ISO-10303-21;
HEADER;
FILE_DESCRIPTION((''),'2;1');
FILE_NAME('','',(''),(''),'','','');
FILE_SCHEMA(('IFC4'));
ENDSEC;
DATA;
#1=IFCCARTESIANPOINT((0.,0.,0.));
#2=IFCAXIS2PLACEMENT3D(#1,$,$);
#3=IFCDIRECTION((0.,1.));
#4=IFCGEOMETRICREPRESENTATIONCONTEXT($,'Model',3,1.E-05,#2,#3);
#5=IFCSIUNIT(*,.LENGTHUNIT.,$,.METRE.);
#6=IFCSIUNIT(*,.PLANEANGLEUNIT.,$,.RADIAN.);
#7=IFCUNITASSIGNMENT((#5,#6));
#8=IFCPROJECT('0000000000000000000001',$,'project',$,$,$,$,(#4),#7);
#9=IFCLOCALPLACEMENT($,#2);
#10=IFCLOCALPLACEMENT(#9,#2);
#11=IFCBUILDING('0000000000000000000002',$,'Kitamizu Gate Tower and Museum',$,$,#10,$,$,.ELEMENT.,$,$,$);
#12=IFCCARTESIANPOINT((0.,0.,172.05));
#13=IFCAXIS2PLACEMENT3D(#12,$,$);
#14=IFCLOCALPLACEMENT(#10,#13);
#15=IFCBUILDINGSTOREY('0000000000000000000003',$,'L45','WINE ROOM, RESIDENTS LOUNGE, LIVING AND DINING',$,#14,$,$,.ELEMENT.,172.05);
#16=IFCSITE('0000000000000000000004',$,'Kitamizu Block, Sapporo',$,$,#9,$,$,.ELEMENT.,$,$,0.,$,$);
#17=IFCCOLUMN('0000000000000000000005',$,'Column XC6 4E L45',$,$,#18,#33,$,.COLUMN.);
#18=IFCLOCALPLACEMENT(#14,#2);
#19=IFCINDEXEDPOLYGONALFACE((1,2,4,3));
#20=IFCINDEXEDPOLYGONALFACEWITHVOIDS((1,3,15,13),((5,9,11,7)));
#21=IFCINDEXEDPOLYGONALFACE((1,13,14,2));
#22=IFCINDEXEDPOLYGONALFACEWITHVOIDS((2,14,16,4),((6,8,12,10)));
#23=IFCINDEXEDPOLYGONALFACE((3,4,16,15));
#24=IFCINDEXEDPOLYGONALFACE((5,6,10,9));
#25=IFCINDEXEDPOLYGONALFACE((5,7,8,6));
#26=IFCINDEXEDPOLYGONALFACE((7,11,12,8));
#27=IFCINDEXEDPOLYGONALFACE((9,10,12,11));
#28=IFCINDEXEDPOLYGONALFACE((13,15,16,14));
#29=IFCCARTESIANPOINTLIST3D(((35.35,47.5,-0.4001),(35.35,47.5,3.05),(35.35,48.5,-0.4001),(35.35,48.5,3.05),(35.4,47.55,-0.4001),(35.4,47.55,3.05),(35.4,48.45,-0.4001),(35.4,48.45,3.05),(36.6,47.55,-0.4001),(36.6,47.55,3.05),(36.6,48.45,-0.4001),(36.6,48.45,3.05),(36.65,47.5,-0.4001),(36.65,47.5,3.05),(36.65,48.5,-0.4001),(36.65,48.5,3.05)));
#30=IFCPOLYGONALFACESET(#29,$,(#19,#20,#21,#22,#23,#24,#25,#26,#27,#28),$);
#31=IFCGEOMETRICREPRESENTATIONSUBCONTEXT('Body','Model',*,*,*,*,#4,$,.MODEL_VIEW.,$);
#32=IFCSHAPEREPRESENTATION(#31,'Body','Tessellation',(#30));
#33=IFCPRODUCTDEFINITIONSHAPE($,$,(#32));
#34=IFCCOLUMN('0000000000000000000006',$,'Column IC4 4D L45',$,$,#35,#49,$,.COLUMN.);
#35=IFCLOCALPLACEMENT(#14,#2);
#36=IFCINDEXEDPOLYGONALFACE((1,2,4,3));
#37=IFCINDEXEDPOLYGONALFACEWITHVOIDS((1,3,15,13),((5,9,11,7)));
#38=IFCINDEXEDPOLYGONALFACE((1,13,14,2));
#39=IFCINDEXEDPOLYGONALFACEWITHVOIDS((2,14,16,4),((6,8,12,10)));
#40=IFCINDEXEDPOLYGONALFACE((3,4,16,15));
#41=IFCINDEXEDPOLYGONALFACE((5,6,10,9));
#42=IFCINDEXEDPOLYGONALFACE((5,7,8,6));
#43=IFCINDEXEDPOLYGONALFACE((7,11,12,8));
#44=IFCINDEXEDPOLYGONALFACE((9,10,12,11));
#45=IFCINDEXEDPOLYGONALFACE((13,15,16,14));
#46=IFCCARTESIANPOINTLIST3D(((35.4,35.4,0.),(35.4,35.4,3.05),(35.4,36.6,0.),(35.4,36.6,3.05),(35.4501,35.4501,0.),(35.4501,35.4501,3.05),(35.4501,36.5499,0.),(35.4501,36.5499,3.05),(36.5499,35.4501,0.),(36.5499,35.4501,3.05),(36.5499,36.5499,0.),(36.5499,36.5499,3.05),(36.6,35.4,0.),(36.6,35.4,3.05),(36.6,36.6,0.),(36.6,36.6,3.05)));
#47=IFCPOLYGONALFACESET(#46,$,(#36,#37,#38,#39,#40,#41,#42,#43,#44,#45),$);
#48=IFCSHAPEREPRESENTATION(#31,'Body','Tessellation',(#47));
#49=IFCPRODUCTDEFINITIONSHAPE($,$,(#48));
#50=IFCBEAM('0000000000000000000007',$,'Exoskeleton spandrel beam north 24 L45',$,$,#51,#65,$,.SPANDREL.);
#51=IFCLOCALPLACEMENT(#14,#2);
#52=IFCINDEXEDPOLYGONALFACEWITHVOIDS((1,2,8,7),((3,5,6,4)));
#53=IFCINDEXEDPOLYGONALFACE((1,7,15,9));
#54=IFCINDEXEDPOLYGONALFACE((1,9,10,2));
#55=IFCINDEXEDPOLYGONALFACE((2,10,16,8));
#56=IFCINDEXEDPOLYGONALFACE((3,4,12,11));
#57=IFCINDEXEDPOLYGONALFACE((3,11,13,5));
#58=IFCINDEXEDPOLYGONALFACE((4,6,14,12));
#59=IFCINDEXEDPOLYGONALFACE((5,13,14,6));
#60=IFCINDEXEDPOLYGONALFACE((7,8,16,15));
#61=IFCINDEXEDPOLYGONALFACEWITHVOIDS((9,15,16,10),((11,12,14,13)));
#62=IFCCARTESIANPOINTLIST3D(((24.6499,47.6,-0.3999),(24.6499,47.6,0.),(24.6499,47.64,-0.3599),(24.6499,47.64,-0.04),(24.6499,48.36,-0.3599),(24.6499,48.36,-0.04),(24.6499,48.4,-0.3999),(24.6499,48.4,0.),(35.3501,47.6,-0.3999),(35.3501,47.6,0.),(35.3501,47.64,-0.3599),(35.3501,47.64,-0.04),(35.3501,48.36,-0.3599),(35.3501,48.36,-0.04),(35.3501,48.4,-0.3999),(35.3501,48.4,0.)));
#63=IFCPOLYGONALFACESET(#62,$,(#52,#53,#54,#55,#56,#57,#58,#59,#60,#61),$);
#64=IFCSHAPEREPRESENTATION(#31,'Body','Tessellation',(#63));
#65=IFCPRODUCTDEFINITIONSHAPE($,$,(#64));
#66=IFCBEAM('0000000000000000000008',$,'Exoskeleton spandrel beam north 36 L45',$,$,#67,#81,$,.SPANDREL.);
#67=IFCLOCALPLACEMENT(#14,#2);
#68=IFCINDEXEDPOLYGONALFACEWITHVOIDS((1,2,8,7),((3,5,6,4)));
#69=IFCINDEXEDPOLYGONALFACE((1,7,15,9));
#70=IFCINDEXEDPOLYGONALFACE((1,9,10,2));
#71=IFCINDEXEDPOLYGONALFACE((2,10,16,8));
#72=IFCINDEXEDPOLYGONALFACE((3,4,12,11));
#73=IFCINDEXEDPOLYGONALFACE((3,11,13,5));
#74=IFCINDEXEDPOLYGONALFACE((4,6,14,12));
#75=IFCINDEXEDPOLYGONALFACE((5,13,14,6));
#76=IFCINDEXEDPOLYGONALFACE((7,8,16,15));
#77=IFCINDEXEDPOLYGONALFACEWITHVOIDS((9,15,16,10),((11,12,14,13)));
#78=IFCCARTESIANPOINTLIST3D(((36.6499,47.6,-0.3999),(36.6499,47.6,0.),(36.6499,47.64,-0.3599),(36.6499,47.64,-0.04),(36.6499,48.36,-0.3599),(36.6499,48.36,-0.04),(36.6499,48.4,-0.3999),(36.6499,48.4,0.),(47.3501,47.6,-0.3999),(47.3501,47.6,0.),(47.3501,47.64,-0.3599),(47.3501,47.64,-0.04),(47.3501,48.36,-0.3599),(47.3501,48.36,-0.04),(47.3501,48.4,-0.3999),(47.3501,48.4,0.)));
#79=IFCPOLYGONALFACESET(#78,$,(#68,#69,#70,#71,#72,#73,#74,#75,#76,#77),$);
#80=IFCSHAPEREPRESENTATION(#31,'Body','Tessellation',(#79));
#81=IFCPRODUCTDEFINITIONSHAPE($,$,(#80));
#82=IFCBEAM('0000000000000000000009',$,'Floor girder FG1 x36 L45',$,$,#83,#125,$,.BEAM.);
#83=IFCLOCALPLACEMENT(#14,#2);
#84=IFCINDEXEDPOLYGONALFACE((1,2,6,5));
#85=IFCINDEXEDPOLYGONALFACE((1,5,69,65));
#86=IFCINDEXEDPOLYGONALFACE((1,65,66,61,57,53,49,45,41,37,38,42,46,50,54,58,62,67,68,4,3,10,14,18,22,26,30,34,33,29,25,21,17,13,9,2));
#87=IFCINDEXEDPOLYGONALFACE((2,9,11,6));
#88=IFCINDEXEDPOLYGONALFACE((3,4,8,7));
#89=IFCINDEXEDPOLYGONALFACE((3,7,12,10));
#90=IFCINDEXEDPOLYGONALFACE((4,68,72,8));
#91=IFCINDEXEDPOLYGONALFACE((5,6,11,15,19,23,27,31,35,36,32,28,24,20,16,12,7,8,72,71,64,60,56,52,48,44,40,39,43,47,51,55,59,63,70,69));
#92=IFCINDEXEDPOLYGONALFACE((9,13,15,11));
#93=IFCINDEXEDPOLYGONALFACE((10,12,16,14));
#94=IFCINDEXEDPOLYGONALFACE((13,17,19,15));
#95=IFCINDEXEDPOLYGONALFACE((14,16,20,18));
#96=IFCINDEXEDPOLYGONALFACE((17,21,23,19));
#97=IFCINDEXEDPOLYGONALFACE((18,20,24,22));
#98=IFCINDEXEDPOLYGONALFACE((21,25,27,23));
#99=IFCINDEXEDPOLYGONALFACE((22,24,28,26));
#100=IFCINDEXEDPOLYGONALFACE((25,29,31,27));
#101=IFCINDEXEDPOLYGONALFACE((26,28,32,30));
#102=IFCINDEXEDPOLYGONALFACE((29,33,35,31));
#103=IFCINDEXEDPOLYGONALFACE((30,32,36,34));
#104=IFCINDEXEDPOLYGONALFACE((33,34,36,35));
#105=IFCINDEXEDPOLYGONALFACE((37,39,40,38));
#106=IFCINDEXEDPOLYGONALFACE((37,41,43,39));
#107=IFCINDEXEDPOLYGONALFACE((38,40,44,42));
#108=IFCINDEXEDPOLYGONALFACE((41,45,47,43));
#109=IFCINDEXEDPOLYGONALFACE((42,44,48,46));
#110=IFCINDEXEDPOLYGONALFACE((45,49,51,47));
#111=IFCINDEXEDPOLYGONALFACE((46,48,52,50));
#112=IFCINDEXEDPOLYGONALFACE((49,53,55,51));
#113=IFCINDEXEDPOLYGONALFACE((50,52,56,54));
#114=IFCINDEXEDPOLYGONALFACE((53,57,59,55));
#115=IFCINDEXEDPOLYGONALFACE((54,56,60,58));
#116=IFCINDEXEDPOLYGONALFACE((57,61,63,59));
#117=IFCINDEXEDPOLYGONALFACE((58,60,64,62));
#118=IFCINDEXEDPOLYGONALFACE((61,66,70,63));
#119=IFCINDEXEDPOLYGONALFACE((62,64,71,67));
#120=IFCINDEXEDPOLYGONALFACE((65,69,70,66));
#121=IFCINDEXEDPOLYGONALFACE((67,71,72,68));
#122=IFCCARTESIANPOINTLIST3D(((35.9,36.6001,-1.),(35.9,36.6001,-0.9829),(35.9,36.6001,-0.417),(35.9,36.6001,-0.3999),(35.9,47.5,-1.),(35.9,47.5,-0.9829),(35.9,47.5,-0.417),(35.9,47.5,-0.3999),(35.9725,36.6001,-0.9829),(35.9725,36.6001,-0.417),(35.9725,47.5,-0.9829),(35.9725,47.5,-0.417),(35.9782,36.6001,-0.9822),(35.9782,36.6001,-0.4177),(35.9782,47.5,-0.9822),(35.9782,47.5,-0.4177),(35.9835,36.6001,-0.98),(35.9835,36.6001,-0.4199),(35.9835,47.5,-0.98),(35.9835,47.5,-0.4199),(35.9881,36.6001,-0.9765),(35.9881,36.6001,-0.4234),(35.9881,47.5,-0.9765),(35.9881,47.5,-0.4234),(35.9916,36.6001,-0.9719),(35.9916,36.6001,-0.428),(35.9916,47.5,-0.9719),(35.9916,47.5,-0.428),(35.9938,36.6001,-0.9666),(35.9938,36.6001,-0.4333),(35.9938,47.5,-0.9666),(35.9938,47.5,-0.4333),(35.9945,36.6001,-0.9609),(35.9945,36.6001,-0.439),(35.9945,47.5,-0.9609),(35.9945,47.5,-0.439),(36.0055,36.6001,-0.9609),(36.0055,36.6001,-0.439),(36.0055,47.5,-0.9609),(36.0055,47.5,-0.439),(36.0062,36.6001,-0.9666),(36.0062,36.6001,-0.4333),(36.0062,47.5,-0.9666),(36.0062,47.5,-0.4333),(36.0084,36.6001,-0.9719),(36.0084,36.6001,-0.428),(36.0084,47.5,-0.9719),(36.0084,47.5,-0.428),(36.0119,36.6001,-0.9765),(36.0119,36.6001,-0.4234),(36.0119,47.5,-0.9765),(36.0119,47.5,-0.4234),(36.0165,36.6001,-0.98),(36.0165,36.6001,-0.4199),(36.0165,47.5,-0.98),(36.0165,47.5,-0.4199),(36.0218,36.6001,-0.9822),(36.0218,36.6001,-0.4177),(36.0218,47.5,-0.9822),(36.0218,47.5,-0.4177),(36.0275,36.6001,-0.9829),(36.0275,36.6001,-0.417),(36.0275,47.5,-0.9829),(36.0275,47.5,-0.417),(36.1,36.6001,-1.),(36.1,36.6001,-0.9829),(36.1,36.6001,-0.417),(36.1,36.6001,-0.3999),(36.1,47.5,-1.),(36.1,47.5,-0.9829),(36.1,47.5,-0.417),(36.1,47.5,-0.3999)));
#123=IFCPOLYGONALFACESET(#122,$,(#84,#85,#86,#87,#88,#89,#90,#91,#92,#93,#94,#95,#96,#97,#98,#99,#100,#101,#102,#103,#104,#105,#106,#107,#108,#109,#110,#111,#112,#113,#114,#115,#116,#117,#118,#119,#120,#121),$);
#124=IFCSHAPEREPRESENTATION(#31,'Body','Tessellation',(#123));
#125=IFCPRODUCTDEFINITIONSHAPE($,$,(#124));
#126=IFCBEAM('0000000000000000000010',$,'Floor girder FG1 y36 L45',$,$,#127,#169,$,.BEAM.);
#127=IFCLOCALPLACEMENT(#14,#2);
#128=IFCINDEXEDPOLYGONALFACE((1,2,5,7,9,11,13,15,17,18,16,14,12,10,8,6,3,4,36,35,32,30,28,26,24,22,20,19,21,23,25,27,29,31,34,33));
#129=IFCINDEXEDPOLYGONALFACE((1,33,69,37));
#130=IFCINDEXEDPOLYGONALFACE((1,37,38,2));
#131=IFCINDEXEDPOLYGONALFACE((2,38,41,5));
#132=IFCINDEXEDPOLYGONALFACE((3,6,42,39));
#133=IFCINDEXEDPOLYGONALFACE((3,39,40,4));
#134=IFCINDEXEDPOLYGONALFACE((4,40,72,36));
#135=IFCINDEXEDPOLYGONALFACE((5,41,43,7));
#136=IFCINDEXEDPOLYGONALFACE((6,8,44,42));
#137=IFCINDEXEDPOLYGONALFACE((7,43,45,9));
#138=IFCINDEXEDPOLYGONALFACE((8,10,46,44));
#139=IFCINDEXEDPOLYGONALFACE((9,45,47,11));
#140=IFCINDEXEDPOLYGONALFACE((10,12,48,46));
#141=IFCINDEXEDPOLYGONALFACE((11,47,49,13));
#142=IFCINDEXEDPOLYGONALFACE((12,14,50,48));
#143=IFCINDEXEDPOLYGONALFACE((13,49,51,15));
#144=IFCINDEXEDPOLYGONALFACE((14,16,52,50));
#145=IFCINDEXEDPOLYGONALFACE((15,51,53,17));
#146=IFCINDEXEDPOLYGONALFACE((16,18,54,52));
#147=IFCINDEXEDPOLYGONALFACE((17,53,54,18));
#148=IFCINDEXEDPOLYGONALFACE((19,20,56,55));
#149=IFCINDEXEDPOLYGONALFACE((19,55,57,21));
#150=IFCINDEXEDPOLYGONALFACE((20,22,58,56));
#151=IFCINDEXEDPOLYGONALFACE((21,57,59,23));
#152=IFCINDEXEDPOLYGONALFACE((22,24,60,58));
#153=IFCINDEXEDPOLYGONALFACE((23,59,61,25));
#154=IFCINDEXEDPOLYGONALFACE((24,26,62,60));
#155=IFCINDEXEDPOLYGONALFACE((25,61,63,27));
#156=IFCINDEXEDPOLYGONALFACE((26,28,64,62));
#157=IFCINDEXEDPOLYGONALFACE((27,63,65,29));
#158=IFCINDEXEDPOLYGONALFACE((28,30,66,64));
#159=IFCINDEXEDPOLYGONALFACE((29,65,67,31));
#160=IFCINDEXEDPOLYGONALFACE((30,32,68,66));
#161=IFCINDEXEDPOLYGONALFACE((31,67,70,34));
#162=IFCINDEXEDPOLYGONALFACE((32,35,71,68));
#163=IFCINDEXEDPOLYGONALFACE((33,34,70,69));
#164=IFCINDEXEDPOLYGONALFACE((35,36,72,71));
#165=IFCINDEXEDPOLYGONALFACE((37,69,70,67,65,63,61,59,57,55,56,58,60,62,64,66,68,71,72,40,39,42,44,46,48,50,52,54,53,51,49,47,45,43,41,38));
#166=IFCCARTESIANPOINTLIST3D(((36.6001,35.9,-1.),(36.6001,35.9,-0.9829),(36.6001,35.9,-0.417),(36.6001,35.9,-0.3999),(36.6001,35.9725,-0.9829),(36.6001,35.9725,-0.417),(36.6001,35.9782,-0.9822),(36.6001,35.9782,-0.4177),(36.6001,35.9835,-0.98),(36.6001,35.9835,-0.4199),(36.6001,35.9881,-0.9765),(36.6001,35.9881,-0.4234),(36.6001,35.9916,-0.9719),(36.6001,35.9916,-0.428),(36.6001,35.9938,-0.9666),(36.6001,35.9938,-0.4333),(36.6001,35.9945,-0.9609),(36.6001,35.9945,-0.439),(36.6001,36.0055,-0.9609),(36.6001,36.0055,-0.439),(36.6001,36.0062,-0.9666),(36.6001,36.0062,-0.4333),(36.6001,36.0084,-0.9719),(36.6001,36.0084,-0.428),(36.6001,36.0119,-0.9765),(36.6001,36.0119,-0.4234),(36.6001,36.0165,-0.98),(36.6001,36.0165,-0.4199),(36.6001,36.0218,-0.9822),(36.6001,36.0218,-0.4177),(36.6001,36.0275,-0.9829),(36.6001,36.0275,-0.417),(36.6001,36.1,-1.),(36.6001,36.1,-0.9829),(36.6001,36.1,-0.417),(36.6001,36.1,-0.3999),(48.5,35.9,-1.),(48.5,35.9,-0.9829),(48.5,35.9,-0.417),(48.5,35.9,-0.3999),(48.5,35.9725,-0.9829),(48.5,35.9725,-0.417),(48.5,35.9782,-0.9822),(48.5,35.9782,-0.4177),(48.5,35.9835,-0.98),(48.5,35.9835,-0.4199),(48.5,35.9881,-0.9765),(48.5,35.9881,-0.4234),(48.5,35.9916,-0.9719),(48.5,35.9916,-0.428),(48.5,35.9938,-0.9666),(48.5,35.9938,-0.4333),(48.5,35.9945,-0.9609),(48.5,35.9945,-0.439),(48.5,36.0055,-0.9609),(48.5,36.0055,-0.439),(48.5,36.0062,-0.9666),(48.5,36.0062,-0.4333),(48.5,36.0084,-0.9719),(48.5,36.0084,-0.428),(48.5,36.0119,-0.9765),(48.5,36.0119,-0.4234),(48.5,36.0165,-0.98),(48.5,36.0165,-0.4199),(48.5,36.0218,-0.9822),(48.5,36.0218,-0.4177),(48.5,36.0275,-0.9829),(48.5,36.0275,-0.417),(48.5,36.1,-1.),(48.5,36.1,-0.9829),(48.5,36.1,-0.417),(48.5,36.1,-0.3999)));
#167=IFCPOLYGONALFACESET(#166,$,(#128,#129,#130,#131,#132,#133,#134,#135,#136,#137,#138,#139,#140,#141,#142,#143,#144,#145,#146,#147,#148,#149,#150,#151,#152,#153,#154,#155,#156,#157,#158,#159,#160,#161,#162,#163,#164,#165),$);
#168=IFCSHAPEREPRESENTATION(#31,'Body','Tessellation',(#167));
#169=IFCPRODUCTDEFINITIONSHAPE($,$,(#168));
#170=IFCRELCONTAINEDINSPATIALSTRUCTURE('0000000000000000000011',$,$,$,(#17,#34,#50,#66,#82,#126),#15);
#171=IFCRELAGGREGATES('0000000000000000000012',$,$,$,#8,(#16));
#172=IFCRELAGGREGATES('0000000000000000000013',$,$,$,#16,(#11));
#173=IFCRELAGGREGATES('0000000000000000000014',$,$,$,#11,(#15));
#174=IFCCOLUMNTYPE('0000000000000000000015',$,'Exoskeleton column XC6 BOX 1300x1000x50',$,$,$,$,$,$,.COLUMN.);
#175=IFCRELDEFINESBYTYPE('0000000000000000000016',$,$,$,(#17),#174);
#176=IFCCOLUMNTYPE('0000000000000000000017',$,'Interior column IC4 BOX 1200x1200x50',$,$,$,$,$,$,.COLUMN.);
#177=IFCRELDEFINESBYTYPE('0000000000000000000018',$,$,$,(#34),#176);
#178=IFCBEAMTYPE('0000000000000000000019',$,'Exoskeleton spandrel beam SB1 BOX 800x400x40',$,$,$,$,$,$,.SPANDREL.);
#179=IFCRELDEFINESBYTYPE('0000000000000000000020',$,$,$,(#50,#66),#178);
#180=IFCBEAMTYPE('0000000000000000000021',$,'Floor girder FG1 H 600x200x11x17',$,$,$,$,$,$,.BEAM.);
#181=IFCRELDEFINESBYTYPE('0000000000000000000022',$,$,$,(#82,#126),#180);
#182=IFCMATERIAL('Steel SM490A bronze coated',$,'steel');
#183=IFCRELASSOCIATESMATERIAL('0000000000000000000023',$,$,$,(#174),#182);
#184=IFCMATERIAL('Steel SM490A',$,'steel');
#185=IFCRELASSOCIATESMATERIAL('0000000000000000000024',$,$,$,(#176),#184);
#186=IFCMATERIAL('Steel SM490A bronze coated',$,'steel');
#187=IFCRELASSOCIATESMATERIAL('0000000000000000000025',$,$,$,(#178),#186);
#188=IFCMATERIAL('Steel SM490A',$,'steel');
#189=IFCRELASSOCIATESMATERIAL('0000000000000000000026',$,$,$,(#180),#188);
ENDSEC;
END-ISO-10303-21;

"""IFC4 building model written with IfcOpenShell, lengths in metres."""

from ifc_helpers import new_model, si_unit, direction, frame, origin, origin_2d, place, context, subcontext, project, spatial, hollow_rectangle, i_section, extrude, material, material_profile, profile_set, type_object, element, save


model = new_model("IFC4")

# Units and contexts
model_context = context("Model", 3, precision=1e-05, world=origin(), true_north=direction((0.0, 1.0)))
body_context = subcontext(model_context, "Body", "Model", "MODEL_VIEW")
ifc_project = project(units=[si_unit("LENGTHUNIT", "METRE"), si_unit("PLANEANGLEUNIT", "RADIAN")], contexts=[model_context])

# Site, building, storey
site_placement = place(None, origin())
site = spatial("IfcSite", under=ifc_project, at=site_placement, Name="Kitamizu Block, Sapporo", CompositionType="ELEMENT", RefElevation=0.0)
building_placement = place(site_placement, origin())
building = spatial("IfcBuilding", under=site, at=building_placement, Name="Kitamizu Gate Tower and Museum", CompositionType="ELEMENT")
storey_placement = place(building_placement, frame((0.0, 0.0, 172.05)))
storey = spatial("IfcBuildingStorey", under=building, at=storey_placement, Name="L45", Description="WINE ROOM, RESIDENTS LOUNGE, LIVING AND DINING", CompositionType="ELEMENT", Elevation=172.05)

# Columns
ifc_material_1 = material(Name="Steel SM490A bronze coated", Category="steel")
ifc_material_profile_1 = material_profile(ifc_material_1, hollow_rectangle(XDim=1.3, YDim=1.0, WallThickness=0.05, at=origin_2d()), Name="BOX 1300x1000x50")
ifc_profile_set_1 = profile_set([ifc_material_profile_1], Name="Steel SM490A bronze coated")
column_type_1 = type_object("IfcColumnType", Name="Exoskeleton column XC6 BOX 1300x1000x50", PredefinedType="COLUMN", material=ifc_profile_set_1)
column_1_placement = place(storey_placement, frame((36.0, 48.0, -0.4001), z_axis=(0.0, 0.0, 1.0), x_axis=(1.0, 0.0, 0.0)))
element("IfcColumn", 1, at=column_1_placement, inside=storey, type_object=column_type_1, Name="Column XC6 4E L45", PredefinedType="COLUMN", context=body_context, shape_type="SweptSolid", body=[
    extrude(hollow_rectangle(XDim=1.3, YDim=1.0, WallThickness=0.05, at=origin_2d()), origin(), (0.0, 0.0, 1.0), 3.4502),
])
ifc_material_2 = material(Name="Steel SM490A", Category="steel")
ifc_material_profile_2 = material_profile(ifc_material_2, hollow_rectangle(XDim=1.2, YDim=1.2, WallThickness=0.05, at=origin_2d()), Name="BOX 1200x1200x50")
ifc_profile_set_2 = profile_set([ifc_material_profile_2], Name="Steel SM490A")
column_type_2 = type_object("IfcColumnType", Name="Interior column IC4 BOX 1200x1200x50", PredefinedType="COLUMN", material=ifc_profile_set_2)
column_2_placement = place(storey_placement, frame((36.0, 36.0, 0.0), z_axis=(0.0, 0.0, 1.0), x_axis=(1.0, 0.0, 0.0)))
element("IfcColumn", 2, at=column_2_placement, inside=storey, type_object=column_type_2, Name="Column IC4 4D L45", PredefinedType="COLUMN", context=body_context, shape_type="SweptSolid", body=[
    extrude(hollow_rectangle(XDim=1.2, YDim=1.2, WallThickness=0.05, at=origin_2d()), origin(), (0.0, 0.0, 1.0), 3.05),
])

# Beams
ifc_material_3 = material(Name="Steel SM490A bronze coated", Category="steel")
ifc_material_profile_3 = material_profile(ifc_material_3, hollow_rectangle(XDim=0.8, YDim=0.3999, WallThickness=0.04, at=origin_2d()), Name="BOX 800x400x40")
ifc_profile_set_3 = profile_set([ifc_material_profile_3], Name="Steel SM490A bronze coated")
beam_type_1 = type_object("IfcBeamType", Name="Exoskeleton spandrel beam SB1 BOX 800x400x40", PredefinedType="SPANDREL", material=ifc_profile_set_3)
for number, where, z_axis, x_axis, name in (
    (3, (24.6499, 48.0, -0.2), (1.0, 0.0, 0.0), (0.0, 1.0, 0.0), "Exoskeleton spandrel beam north 24 L45"),
    (4, (36.6499, 48.0, -0.2), (1.0, 0.0, 0.0), (0.0, 1.0, 0.0), "Exoskeleton spandrel beam north 36 L45"),
):
    element("IfcBeam", number, at=place(storey_placement, frame(where, z_axis=z_axis, x_axis=x_axis)), inside=storey, type_object=beam_type_1, Name=name, PredefinedType="SPANDREL", context=body_context, shape_type="SweptSolid", body=[
        extrude(hollow_rectangle(XDim=0.8, YDim=0.3999, WallThickness=0.04, at=origin_2d()), origin(), (0.0, 0.0, 1.0), 10.7002),
    ])
ifc_material_4 = material(Name="Steel SM490A", Category="steel")
ifc_material_profile_4 = material_profile(ifc_material_4, i_section(OverallWidth=0.2, OverallDepth=0.6001, WebThickness=0.011, FlangeThickness=0.0171, FilletRadius=0.022, at=origin_2d()), Name="H-600x200x11x17")
ifc_profile_set_4 = profile_set([ifc_material_profile_4], Name="Steel SM490A")
beam_type_2 = type_object("IfcBeamType", Name="Floor girder FG1 H 600x200x11x17", PredefinedType="BEAM", material=ifc_profile_set_4)
beam_1_placement = place(storey_placement, frame((36.0, 36.6001, -0.7), z_axis=(0.0, 1.0, 0.0), x_axis=(-1.0, 0.0, 0.0)))
element("IfcBeam", 5, at=beam_1_placement, inside=storey, type_object=beam_type_2, Name="Floor girder FG1 x36 L45", PredefinedType="BEAM", context=body_context, shape_type="SweptSolid", body=[
    extrude(i_section(OverallWidth=0.2, OverallDepth=0.6001, WebThickness=0.011, FlangeThickness=0.0171, FilletRadius=0.022, at=origin_2d()), origin(), (0.0, 0.0, 1.0), 10.8999),
])
beam_2_placement = place(storey_placement, frame((36.6001, 36.0, -0.7), z_axis=(1.0, 0.0, 0.0), x_axis=(0.0, 1.0, 0.0)))
element("IfcBeam", 6, at=beam_2_placement, inside=storey, type_object=beam_type_2, Name="Floor girder FG1 y36 L45", PredefinedType="BEAM", context=body_context, shape_type="SweptSolid", body=[
    extrude(i_section(OverallWidth=0.2, OverallDepth=0.6001, WebThickness=0.011, FlangeThickness=0.0171, FilletRadius=0.022, at=origin_2d()), origin(), (0.0, 0.0, 1.0), 11.8999),
])

save(model, "model.ifc")
